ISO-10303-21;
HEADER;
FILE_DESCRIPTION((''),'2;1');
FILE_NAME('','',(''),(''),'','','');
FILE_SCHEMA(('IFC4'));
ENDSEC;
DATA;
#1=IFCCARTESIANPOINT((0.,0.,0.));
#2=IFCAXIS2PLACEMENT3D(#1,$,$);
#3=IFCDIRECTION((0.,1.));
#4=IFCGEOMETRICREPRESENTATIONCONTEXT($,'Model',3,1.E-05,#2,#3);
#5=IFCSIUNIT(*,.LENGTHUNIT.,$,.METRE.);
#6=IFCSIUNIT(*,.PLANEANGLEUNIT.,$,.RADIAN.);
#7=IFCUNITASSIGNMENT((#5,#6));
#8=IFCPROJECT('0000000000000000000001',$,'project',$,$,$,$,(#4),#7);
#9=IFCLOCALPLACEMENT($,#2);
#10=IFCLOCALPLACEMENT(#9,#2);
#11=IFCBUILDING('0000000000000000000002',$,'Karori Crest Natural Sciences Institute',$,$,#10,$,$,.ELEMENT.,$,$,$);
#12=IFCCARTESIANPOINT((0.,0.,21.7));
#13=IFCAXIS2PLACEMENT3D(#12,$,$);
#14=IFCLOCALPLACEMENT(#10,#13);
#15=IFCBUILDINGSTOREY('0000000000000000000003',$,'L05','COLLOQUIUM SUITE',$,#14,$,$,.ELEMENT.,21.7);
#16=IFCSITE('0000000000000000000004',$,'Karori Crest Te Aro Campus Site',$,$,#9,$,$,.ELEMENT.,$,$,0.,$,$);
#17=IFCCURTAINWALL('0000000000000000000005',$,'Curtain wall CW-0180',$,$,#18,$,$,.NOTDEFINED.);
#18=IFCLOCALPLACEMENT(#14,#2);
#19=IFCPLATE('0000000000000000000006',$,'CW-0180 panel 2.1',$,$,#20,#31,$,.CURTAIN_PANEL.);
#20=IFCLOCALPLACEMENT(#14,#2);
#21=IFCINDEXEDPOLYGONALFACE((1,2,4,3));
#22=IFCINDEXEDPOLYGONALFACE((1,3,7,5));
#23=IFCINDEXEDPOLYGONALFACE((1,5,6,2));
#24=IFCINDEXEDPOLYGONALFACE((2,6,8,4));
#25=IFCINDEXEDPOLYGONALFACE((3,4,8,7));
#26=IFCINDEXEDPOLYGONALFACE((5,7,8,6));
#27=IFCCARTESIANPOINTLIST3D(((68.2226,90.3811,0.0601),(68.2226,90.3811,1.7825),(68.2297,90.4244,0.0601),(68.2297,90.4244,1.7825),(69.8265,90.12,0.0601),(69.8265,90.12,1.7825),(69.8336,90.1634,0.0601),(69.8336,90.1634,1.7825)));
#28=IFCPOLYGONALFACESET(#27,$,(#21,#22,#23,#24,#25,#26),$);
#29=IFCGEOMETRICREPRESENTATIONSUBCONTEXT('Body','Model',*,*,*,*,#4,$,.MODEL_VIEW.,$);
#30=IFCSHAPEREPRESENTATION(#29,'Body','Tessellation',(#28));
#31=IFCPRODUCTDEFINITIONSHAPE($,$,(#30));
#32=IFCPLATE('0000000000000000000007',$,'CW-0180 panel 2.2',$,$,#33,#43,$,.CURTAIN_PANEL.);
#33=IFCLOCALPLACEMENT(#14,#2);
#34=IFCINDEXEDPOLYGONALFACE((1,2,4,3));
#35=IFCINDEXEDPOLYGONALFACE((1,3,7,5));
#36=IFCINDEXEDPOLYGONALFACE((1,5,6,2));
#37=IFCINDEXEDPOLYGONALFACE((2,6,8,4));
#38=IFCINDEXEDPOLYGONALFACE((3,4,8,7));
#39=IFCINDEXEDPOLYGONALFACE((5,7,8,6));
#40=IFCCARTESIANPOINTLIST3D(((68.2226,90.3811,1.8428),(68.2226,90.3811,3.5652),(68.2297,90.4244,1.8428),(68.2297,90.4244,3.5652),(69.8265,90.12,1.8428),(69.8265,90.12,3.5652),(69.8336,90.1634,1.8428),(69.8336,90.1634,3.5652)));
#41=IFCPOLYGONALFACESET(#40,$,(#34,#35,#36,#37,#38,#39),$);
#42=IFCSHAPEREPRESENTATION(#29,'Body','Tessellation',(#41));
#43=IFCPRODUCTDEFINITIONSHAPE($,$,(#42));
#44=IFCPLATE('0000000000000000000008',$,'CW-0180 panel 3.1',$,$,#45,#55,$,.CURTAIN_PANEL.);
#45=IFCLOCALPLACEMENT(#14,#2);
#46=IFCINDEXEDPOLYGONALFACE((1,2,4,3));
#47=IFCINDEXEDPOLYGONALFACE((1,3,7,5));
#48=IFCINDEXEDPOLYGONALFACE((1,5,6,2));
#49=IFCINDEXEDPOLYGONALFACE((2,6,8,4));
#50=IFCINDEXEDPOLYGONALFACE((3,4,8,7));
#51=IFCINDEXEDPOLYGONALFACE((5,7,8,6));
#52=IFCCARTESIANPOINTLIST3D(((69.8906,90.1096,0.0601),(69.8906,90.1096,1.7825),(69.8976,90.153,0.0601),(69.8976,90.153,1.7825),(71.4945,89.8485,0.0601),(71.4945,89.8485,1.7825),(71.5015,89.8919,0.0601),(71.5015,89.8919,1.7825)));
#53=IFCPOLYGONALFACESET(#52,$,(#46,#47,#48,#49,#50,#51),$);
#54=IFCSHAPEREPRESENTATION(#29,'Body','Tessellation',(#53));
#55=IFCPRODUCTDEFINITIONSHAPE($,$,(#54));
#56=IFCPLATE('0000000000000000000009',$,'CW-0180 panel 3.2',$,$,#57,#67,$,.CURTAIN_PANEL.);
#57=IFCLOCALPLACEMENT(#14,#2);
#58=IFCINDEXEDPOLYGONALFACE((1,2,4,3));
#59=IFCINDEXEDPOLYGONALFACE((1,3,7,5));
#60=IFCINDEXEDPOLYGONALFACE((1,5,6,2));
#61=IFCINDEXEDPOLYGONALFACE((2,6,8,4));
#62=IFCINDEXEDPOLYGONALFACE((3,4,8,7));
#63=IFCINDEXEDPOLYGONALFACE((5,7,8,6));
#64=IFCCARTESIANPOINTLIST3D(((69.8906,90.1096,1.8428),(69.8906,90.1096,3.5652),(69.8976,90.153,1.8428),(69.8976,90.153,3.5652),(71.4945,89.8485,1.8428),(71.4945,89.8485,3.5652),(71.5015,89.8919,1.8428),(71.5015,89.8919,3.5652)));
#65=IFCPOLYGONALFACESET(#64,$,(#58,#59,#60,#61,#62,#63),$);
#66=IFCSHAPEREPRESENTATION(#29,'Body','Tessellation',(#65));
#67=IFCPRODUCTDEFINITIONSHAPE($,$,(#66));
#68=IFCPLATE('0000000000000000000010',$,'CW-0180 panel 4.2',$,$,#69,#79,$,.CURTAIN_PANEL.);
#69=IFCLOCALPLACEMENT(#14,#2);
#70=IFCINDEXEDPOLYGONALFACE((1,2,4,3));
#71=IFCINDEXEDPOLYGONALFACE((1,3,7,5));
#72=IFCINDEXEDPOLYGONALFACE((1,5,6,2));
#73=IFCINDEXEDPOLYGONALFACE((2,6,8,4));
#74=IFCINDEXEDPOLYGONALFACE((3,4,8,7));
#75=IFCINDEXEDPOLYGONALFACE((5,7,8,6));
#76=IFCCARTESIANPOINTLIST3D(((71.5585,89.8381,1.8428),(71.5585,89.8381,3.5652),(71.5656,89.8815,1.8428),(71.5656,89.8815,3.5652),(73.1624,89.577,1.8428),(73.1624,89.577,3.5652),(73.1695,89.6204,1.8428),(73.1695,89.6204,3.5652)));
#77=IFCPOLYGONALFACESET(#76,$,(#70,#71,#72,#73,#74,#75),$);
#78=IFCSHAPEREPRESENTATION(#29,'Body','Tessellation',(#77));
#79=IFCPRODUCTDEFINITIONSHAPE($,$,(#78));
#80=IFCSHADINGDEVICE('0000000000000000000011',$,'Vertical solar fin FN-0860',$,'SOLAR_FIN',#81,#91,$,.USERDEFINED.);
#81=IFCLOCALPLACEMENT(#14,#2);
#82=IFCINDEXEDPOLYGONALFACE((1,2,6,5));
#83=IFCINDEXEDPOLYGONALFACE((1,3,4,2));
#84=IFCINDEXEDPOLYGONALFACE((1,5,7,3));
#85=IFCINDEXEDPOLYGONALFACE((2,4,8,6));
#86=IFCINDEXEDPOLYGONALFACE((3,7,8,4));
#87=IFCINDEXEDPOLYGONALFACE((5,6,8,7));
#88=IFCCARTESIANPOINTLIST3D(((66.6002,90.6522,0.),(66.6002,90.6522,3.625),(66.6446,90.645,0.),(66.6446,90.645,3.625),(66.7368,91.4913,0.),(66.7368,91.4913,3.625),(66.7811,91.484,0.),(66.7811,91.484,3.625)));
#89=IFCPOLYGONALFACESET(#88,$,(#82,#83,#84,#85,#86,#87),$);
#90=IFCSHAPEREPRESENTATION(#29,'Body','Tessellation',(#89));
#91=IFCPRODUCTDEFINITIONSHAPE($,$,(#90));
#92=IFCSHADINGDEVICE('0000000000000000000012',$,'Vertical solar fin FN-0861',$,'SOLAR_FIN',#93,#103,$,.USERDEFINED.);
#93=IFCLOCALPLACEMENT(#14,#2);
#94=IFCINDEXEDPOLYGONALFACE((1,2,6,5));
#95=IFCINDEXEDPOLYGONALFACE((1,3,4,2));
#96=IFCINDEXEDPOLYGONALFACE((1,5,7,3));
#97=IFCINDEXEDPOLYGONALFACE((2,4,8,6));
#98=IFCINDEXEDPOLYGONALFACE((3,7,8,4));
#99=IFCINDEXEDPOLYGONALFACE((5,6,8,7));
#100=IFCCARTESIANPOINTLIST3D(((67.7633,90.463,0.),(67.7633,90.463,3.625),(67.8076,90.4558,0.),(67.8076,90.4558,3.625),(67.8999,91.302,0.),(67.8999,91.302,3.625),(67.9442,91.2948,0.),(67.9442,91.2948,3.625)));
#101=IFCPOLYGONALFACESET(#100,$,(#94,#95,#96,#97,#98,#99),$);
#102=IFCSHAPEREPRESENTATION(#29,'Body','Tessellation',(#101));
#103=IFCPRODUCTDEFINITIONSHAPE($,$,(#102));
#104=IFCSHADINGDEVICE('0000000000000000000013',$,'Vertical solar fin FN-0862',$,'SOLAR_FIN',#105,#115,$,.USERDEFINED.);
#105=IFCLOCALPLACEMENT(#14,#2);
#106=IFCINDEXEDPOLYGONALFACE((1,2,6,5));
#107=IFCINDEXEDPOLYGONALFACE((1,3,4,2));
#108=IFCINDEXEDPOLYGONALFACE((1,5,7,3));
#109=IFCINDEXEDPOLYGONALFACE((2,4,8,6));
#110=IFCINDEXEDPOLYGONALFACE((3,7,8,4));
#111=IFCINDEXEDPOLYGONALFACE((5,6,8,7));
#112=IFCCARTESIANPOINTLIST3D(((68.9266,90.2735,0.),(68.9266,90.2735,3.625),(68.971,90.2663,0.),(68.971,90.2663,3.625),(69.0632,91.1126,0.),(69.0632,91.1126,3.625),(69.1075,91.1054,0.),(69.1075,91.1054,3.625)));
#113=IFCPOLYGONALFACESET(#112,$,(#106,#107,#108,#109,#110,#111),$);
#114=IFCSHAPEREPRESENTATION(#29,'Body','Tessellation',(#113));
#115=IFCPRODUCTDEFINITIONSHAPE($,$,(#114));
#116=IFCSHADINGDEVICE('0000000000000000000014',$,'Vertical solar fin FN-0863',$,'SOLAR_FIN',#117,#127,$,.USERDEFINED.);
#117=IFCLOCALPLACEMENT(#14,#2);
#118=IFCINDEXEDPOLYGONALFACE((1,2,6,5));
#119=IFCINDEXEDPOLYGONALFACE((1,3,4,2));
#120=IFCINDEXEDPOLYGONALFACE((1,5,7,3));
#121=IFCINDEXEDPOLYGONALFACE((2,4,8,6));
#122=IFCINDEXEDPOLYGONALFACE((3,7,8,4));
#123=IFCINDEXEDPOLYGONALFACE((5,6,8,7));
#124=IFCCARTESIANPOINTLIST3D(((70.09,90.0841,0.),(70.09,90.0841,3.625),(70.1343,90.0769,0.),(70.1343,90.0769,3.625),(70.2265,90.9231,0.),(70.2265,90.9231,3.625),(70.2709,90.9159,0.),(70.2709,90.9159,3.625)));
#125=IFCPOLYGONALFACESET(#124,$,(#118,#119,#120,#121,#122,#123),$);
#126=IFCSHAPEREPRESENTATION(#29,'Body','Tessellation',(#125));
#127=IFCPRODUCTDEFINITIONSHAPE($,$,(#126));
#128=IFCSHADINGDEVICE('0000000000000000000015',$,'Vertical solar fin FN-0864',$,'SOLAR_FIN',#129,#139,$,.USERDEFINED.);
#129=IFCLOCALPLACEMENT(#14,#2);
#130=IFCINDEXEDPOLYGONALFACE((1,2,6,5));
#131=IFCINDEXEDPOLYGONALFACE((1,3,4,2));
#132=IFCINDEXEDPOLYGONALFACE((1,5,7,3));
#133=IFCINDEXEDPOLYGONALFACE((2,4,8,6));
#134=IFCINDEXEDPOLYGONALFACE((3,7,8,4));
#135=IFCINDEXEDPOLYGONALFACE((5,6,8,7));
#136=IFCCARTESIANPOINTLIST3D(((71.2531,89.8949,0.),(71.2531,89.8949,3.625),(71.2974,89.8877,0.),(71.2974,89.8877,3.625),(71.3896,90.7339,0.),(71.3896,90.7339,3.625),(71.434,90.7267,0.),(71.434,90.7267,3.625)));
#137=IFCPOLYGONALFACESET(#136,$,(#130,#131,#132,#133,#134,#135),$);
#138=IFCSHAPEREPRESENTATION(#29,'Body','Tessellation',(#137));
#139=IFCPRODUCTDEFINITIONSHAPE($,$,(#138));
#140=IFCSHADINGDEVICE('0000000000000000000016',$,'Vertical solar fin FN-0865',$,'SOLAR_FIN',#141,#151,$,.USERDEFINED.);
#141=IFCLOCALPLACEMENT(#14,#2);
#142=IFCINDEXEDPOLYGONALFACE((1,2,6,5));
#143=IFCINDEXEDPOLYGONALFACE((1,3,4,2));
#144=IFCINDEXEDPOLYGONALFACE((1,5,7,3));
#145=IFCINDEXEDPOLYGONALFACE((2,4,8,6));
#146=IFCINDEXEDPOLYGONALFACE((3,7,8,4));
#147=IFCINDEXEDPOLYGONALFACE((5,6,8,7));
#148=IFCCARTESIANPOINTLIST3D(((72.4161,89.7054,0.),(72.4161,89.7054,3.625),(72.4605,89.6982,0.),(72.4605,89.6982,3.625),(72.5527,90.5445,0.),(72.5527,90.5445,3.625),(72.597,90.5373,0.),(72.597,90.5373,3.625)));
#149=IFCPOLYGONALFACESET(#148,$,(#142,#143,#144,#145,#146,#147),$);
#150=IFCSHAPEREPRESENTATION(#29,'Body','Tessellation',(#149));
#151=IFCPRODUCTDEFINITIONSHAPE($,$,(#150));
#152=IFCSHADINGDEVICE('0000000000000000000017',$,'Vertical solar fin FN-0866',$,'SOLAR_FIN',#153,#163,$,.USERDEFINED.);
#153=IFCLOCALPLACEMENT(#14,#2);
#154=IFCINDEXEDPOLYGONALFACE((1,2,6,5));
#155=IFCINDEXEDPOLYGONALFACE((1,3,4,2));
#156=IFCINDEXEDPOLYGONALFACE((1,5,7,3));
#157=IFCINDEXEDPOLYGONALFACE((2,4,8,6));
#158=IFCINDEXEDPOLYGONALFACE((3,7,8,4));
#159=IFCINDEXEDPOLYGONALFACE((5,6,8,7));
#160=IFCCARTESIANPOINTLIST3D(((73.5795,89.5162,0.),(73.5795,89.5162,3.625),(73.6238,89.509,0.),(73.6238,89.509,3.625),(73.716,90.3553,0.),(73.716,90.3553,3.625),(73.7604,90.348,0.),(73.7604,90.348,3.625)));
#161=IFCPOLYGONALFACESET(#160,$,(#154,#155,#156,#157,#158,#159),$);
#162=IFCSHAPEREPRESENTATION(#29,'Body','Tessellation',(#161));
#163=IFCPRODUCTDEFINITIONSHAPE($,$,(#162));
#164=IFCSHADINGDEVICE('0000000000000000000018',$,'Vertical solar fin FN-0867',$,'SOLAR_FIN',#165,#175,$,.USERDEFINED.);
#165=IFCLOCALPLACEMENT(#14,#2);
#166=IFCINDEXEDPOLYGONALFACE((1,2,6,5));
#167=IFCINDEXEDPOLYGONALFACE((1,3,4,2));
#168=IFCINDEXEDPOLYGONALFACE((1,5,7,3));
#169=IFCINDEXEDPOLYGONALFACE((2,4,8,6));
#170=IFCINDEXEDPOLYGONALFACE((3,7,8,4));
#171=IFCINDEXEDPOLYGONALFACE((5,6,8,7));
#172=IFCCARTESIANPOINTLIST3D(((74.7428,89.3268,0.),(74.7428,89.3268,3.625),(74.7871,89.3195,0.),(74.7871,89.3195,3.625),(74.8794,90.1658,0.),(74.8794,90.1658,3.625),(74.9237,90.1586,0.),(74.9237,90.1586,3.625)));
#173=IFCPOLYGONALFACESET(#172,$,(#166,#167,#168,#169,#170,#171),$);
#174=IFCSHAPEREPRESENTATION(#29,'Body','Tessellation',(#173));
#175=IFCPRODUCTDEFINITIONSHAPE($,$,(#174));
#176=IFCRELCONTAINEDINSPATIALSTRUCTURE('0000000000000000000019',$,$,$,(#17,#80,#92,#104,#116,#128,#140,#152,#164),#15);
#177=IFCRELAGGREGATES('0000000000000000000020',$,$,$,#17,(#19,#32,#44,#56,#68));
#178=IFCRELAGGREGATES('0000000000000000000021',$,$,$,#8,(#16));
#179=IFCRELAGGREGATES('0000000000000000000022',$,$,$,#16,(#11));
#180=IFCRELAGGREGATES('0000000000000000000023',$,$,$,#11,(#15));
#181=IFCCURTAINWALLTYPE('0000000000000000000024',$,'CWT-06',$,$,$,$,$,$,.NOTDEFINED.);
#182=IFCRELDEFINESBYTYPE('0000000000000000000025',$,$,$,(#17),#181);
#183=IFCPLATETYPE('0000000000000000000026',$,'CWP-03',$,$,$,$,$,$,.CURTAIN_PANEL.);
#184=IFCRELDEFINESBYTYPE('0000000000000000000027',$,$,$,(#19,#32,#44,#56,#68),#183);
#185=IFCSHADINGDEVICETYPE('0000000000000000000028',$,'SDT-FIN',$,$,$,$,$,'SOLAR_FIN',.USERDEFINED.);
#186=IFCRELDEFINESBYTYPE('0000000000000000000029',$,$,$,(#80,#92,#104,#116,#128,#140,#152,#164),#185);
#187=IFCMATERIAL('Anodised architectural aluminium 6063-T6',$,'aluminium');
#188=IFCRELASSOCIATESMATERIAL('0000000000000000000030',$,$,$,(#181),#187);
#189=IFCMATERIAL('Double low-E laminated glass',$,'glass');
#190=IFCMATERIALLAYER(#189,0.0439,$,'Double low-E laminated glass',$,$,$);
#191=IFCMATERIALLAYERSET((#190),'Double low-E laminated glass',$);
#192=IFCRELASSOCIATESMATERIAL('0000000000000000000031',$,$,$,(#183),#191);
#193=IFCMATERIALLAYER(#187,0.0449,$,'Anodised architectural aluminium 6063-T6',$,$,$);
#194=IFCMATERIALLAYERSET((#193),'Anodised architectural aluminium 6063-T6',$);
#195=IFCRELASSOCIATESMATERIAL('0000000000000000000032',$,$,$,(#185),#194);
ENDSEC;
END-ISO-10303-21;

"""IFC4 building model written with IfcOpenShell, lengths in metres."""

from ifc_helpers import new_model, si_unit, direction, frame, origin, origin_2d, place, context, subcontext, project, spatial, rectangle, extrude, material, layer, layer_set, type_object, element, aggregate, save


model = new_model("IFC4")

# Units and contexts
model_context = context("Model", 3, precision=1e-05, world=origin(), true_north=direction((0.0, 1.0)))
body_context = subcontext(model_context, "Body", "Model", "MODEL_VIEW")
ifc_project = project(units=[si_unit("LENGTHUNIT", "METRE"), si_unit("PLANEANGLEUNIT", "RADIAN")], contexts=[model_context])

# Site, building, storey
site_placement = place(None, origin())
site = spatial("IfcSite", under=ifc_project, at=site_placement, Name="Karori Crest Te Aro Campus Site", CompositionType="ELEMENT", RefElevation=0.0)
building_placement = place(site_placement, origin())
building = spatial("IfcBuilding", under=site, at=building_placement, Name="Karori Crest Natural Sciences Institute", CompositionType="ELEMENT")
storey_placement = place(building_placement, frame((0.0, 0.0, 21.7)))
storey = spatial("IfcBuildingStorey", under=building, at=storey_placement, Name="L05", Description="COLLOQUIUM SUITE", CompositionType="ELEMENT", Elevation=21.7)

# Curtain wall, plates
ifc_material_1 = material(Name="Anodised architectural aluminium 6063-T6", Category="aluminium")
curtain_wall_type = type_object("IfcCurtainWallType", Name="CWT-06", PredefinedType="NOTDEFINED", material=ifc_material_1)
curtain_wall_placement = place(storey_placement, origin())
curtain_wall = element("IfcCurtainWall", 1, at=curtain_wall_placement, inside=storey, type_object=curtain_wall_type, Name="Curtain wall CW-0180", PredefinedType="NOTDEFINED")
ifc_material_2 = material(Name="Double low-E laminated glass", Category="glass")
ifc_layer_1 = layer(ifc_material_2, 0.0439, Name="Double low-E laminated glass")
ifc_layer_set_1 = layer_set([ifc_layer_1], Name="Double low-E laminated glass")
plate_type = type_object("IfcPlateType", Name="CWP-03", PredefinedType="CURTAIN_PANEL", material=ifc_layer_set_1)
plate_1_placement = place(storey_placement, frame((69.0281, 90.2722, 0.0601), z_axis=(0.0, 0.0, 1.0), x_axis=(0.987011, -0.160655, 0.0)))
plate_1 = element("IfcPlate", 2, at=plate_1_placement, type_object=plate_type, Name="CW-0180 panel 2.1", PredefinedType="CURTAIN_PANEL", context=body_context, shape_type="SweptSolid", body=[
    extrude(rectangle(XDim=1.625, YDim=0.0439, at=origin_2d()), origin(), (0.0, 0.0, 1.0), 1.7224),
])
plate_2_placement = place(storey_placement, frame((69.0281, 90.2722, 1.8428), z_axis=(0.0, 0.0, 1.0), x_axis=(0.987011, -0.160655, 0.0)))
plate_2 = element("IfcPlate", 3, at=plate_2_placement, type_object=plate_type, Name="CW-0180 panel 2.2", PredefinedType="CURTAIN_PANEL", context=body_context, shape_type="SweptSolid", body=[
    extrude(rectangle(XDim=1.625, YDim=0.0439, at=origin_2d()), origin(), (0.0, 0.0, 1.0), 1.7224),
])
plate_3_placement = place(storey_placement, frame((70.696, 90.0007, 0.0601), z_axis=(0.0, 0.0, 1.0), x_axis=(0.987011, -0.160655, 0.0)))
plate_3 = element("IfcPlate", 4, at=plate_3_placement, type_object=plate_type, Name="CW-0180 panel 3.1", PredefinedType="CURTAIN_PANEL", context=body_context, shape_type="SweptSolid", body=[
    extrude(rectangle(XDim=1.625, YDim=0.0439, at=origin_2d()), origin(), (0.0, 0.0, 1.0), 1.7224),
])
plate_4_placement = place(storey_placement, frame((70.696, 90.0007, 1.8428), z_axis=(0.0, 0.0, 1.0), x_axis=(0.987011, -0.160655, 0.0)))
plate_4 = element("IfcPlate", 5, at=plate_4_placement, type_object=plate_type, Name="CW-0180 panel 3.2", PredefinedType="CURTAIN_PANEL", context=body_context, shape_type="SweptSolid", body=[
    extrude(rectangle(XDim=1.625, YDim=0.0439, at=origin_2d()), origin(), (0.0, 0.0, 1.0), 1.7224),
])
plate_5_placement = place(storey_placement, frame((72.364, 89.7292, 1.8428), z_axis=(0.0, 0.0, 1.0), x_axis=(0.987011, -0.160655, 0.0)))
plate_5 = element("IfcPlate", 6, at=plate_5_placement, type_object=plate_type, Name="CW-0180 panel 4.2", PredefinedType="CURTAIN_PANEL", context=body_context, shape_type="SweptSolid", body=[
    extrude(rectangle(XDim=1.625, YDim=0.0439, at=origin_2d()), origin(), (0.0, 0.0, 1.0), 1.7224),
])
aggregate(curtain_wall, [plate_1, plate_2, plate_3, plate_4, plate_5])

# Shading devices
ifc_layer_2 = layer(ifc_material_1, 0.0449, Name="Anodised architectural aluminium 6063-T6")
ifc_layer_set_2 = layer_set([ifc_layer_2], Name="Anodised architectural aluminium 6063-T6")
shading_device_type = type_object("IfcShadingDeviceType", Name="SDT-FIN", ElementType="SOLAR_FIN", PredefinedType="USERDEFINED", material=ifc_layer_set_2)
for number, where, z_axis, x_axis, name in (
    (7, (66.6907, 91.0681, 0.0), (0.0, 0.0, 1.0), (0.160655, 0.987011, 0.0), "Vertical solar fin FN-0860"),
    (8, (67.8538, 90.8789, 0.0), (0.0, 0.0, 1.0), (0.160655, 0.987011, 0.0), "Vertical solar fin FN-0861"),
    (9, (69.0171, 90.6895, 0.0), (0.0, 0.0, 1.0), (0.160655, 0.987011, 0.0), "Vertical solar fin FN-0862"),
    (10, (70.1804, 90.5, 0.0), (0.0, 0.0, 1.0), (0.160655, 0.987011, 0.0), "Vertical solar fin FN-0863"),
    (11, (71.3435, 90.3108, 0.0), (0.0, 0.0, 1.0), (0.160655, 0.987011, 0.0), "Vertical solar fin FN-0864"),
    (12, (72.5066, 90.1213, 0.0), (0.0, 0.0, 1.0), (0.160655, 0.987011, 0.0), "Vertical solar fin FN-0865"),
    (13, (73.6699, 89.9321, 0.0), (0.0, 0.0, 1.0), (0.160655, 0.987011, 0.0), "Vertical solar fin FN-0866"),
    (14, (74.8333, 89.7427, 0.0), (0.0, 0.0, 1.0), (0.160655, 0.987011, 0.0), "Vertical solar fin FN-0867"),
):
    element("IfcShadingDevice", number, at=place(storey_placement, frame(where, z_axis=z_axis, x_axis=x_axis)), inside=storey, type_object=shading_device_type, Name=name, ObjectType="SOLAR_FIN", PredefinedType="USERDEFINED", context=body_context, shape_type="SweptSolid", body=[
        extrude(rectangle(XDim=0.8501, YDim=0.0449, at=origin_2d()), origin(), (0.0, 0.0, 1.0), 3.625),
    ])

save(model, "model.ifc")
